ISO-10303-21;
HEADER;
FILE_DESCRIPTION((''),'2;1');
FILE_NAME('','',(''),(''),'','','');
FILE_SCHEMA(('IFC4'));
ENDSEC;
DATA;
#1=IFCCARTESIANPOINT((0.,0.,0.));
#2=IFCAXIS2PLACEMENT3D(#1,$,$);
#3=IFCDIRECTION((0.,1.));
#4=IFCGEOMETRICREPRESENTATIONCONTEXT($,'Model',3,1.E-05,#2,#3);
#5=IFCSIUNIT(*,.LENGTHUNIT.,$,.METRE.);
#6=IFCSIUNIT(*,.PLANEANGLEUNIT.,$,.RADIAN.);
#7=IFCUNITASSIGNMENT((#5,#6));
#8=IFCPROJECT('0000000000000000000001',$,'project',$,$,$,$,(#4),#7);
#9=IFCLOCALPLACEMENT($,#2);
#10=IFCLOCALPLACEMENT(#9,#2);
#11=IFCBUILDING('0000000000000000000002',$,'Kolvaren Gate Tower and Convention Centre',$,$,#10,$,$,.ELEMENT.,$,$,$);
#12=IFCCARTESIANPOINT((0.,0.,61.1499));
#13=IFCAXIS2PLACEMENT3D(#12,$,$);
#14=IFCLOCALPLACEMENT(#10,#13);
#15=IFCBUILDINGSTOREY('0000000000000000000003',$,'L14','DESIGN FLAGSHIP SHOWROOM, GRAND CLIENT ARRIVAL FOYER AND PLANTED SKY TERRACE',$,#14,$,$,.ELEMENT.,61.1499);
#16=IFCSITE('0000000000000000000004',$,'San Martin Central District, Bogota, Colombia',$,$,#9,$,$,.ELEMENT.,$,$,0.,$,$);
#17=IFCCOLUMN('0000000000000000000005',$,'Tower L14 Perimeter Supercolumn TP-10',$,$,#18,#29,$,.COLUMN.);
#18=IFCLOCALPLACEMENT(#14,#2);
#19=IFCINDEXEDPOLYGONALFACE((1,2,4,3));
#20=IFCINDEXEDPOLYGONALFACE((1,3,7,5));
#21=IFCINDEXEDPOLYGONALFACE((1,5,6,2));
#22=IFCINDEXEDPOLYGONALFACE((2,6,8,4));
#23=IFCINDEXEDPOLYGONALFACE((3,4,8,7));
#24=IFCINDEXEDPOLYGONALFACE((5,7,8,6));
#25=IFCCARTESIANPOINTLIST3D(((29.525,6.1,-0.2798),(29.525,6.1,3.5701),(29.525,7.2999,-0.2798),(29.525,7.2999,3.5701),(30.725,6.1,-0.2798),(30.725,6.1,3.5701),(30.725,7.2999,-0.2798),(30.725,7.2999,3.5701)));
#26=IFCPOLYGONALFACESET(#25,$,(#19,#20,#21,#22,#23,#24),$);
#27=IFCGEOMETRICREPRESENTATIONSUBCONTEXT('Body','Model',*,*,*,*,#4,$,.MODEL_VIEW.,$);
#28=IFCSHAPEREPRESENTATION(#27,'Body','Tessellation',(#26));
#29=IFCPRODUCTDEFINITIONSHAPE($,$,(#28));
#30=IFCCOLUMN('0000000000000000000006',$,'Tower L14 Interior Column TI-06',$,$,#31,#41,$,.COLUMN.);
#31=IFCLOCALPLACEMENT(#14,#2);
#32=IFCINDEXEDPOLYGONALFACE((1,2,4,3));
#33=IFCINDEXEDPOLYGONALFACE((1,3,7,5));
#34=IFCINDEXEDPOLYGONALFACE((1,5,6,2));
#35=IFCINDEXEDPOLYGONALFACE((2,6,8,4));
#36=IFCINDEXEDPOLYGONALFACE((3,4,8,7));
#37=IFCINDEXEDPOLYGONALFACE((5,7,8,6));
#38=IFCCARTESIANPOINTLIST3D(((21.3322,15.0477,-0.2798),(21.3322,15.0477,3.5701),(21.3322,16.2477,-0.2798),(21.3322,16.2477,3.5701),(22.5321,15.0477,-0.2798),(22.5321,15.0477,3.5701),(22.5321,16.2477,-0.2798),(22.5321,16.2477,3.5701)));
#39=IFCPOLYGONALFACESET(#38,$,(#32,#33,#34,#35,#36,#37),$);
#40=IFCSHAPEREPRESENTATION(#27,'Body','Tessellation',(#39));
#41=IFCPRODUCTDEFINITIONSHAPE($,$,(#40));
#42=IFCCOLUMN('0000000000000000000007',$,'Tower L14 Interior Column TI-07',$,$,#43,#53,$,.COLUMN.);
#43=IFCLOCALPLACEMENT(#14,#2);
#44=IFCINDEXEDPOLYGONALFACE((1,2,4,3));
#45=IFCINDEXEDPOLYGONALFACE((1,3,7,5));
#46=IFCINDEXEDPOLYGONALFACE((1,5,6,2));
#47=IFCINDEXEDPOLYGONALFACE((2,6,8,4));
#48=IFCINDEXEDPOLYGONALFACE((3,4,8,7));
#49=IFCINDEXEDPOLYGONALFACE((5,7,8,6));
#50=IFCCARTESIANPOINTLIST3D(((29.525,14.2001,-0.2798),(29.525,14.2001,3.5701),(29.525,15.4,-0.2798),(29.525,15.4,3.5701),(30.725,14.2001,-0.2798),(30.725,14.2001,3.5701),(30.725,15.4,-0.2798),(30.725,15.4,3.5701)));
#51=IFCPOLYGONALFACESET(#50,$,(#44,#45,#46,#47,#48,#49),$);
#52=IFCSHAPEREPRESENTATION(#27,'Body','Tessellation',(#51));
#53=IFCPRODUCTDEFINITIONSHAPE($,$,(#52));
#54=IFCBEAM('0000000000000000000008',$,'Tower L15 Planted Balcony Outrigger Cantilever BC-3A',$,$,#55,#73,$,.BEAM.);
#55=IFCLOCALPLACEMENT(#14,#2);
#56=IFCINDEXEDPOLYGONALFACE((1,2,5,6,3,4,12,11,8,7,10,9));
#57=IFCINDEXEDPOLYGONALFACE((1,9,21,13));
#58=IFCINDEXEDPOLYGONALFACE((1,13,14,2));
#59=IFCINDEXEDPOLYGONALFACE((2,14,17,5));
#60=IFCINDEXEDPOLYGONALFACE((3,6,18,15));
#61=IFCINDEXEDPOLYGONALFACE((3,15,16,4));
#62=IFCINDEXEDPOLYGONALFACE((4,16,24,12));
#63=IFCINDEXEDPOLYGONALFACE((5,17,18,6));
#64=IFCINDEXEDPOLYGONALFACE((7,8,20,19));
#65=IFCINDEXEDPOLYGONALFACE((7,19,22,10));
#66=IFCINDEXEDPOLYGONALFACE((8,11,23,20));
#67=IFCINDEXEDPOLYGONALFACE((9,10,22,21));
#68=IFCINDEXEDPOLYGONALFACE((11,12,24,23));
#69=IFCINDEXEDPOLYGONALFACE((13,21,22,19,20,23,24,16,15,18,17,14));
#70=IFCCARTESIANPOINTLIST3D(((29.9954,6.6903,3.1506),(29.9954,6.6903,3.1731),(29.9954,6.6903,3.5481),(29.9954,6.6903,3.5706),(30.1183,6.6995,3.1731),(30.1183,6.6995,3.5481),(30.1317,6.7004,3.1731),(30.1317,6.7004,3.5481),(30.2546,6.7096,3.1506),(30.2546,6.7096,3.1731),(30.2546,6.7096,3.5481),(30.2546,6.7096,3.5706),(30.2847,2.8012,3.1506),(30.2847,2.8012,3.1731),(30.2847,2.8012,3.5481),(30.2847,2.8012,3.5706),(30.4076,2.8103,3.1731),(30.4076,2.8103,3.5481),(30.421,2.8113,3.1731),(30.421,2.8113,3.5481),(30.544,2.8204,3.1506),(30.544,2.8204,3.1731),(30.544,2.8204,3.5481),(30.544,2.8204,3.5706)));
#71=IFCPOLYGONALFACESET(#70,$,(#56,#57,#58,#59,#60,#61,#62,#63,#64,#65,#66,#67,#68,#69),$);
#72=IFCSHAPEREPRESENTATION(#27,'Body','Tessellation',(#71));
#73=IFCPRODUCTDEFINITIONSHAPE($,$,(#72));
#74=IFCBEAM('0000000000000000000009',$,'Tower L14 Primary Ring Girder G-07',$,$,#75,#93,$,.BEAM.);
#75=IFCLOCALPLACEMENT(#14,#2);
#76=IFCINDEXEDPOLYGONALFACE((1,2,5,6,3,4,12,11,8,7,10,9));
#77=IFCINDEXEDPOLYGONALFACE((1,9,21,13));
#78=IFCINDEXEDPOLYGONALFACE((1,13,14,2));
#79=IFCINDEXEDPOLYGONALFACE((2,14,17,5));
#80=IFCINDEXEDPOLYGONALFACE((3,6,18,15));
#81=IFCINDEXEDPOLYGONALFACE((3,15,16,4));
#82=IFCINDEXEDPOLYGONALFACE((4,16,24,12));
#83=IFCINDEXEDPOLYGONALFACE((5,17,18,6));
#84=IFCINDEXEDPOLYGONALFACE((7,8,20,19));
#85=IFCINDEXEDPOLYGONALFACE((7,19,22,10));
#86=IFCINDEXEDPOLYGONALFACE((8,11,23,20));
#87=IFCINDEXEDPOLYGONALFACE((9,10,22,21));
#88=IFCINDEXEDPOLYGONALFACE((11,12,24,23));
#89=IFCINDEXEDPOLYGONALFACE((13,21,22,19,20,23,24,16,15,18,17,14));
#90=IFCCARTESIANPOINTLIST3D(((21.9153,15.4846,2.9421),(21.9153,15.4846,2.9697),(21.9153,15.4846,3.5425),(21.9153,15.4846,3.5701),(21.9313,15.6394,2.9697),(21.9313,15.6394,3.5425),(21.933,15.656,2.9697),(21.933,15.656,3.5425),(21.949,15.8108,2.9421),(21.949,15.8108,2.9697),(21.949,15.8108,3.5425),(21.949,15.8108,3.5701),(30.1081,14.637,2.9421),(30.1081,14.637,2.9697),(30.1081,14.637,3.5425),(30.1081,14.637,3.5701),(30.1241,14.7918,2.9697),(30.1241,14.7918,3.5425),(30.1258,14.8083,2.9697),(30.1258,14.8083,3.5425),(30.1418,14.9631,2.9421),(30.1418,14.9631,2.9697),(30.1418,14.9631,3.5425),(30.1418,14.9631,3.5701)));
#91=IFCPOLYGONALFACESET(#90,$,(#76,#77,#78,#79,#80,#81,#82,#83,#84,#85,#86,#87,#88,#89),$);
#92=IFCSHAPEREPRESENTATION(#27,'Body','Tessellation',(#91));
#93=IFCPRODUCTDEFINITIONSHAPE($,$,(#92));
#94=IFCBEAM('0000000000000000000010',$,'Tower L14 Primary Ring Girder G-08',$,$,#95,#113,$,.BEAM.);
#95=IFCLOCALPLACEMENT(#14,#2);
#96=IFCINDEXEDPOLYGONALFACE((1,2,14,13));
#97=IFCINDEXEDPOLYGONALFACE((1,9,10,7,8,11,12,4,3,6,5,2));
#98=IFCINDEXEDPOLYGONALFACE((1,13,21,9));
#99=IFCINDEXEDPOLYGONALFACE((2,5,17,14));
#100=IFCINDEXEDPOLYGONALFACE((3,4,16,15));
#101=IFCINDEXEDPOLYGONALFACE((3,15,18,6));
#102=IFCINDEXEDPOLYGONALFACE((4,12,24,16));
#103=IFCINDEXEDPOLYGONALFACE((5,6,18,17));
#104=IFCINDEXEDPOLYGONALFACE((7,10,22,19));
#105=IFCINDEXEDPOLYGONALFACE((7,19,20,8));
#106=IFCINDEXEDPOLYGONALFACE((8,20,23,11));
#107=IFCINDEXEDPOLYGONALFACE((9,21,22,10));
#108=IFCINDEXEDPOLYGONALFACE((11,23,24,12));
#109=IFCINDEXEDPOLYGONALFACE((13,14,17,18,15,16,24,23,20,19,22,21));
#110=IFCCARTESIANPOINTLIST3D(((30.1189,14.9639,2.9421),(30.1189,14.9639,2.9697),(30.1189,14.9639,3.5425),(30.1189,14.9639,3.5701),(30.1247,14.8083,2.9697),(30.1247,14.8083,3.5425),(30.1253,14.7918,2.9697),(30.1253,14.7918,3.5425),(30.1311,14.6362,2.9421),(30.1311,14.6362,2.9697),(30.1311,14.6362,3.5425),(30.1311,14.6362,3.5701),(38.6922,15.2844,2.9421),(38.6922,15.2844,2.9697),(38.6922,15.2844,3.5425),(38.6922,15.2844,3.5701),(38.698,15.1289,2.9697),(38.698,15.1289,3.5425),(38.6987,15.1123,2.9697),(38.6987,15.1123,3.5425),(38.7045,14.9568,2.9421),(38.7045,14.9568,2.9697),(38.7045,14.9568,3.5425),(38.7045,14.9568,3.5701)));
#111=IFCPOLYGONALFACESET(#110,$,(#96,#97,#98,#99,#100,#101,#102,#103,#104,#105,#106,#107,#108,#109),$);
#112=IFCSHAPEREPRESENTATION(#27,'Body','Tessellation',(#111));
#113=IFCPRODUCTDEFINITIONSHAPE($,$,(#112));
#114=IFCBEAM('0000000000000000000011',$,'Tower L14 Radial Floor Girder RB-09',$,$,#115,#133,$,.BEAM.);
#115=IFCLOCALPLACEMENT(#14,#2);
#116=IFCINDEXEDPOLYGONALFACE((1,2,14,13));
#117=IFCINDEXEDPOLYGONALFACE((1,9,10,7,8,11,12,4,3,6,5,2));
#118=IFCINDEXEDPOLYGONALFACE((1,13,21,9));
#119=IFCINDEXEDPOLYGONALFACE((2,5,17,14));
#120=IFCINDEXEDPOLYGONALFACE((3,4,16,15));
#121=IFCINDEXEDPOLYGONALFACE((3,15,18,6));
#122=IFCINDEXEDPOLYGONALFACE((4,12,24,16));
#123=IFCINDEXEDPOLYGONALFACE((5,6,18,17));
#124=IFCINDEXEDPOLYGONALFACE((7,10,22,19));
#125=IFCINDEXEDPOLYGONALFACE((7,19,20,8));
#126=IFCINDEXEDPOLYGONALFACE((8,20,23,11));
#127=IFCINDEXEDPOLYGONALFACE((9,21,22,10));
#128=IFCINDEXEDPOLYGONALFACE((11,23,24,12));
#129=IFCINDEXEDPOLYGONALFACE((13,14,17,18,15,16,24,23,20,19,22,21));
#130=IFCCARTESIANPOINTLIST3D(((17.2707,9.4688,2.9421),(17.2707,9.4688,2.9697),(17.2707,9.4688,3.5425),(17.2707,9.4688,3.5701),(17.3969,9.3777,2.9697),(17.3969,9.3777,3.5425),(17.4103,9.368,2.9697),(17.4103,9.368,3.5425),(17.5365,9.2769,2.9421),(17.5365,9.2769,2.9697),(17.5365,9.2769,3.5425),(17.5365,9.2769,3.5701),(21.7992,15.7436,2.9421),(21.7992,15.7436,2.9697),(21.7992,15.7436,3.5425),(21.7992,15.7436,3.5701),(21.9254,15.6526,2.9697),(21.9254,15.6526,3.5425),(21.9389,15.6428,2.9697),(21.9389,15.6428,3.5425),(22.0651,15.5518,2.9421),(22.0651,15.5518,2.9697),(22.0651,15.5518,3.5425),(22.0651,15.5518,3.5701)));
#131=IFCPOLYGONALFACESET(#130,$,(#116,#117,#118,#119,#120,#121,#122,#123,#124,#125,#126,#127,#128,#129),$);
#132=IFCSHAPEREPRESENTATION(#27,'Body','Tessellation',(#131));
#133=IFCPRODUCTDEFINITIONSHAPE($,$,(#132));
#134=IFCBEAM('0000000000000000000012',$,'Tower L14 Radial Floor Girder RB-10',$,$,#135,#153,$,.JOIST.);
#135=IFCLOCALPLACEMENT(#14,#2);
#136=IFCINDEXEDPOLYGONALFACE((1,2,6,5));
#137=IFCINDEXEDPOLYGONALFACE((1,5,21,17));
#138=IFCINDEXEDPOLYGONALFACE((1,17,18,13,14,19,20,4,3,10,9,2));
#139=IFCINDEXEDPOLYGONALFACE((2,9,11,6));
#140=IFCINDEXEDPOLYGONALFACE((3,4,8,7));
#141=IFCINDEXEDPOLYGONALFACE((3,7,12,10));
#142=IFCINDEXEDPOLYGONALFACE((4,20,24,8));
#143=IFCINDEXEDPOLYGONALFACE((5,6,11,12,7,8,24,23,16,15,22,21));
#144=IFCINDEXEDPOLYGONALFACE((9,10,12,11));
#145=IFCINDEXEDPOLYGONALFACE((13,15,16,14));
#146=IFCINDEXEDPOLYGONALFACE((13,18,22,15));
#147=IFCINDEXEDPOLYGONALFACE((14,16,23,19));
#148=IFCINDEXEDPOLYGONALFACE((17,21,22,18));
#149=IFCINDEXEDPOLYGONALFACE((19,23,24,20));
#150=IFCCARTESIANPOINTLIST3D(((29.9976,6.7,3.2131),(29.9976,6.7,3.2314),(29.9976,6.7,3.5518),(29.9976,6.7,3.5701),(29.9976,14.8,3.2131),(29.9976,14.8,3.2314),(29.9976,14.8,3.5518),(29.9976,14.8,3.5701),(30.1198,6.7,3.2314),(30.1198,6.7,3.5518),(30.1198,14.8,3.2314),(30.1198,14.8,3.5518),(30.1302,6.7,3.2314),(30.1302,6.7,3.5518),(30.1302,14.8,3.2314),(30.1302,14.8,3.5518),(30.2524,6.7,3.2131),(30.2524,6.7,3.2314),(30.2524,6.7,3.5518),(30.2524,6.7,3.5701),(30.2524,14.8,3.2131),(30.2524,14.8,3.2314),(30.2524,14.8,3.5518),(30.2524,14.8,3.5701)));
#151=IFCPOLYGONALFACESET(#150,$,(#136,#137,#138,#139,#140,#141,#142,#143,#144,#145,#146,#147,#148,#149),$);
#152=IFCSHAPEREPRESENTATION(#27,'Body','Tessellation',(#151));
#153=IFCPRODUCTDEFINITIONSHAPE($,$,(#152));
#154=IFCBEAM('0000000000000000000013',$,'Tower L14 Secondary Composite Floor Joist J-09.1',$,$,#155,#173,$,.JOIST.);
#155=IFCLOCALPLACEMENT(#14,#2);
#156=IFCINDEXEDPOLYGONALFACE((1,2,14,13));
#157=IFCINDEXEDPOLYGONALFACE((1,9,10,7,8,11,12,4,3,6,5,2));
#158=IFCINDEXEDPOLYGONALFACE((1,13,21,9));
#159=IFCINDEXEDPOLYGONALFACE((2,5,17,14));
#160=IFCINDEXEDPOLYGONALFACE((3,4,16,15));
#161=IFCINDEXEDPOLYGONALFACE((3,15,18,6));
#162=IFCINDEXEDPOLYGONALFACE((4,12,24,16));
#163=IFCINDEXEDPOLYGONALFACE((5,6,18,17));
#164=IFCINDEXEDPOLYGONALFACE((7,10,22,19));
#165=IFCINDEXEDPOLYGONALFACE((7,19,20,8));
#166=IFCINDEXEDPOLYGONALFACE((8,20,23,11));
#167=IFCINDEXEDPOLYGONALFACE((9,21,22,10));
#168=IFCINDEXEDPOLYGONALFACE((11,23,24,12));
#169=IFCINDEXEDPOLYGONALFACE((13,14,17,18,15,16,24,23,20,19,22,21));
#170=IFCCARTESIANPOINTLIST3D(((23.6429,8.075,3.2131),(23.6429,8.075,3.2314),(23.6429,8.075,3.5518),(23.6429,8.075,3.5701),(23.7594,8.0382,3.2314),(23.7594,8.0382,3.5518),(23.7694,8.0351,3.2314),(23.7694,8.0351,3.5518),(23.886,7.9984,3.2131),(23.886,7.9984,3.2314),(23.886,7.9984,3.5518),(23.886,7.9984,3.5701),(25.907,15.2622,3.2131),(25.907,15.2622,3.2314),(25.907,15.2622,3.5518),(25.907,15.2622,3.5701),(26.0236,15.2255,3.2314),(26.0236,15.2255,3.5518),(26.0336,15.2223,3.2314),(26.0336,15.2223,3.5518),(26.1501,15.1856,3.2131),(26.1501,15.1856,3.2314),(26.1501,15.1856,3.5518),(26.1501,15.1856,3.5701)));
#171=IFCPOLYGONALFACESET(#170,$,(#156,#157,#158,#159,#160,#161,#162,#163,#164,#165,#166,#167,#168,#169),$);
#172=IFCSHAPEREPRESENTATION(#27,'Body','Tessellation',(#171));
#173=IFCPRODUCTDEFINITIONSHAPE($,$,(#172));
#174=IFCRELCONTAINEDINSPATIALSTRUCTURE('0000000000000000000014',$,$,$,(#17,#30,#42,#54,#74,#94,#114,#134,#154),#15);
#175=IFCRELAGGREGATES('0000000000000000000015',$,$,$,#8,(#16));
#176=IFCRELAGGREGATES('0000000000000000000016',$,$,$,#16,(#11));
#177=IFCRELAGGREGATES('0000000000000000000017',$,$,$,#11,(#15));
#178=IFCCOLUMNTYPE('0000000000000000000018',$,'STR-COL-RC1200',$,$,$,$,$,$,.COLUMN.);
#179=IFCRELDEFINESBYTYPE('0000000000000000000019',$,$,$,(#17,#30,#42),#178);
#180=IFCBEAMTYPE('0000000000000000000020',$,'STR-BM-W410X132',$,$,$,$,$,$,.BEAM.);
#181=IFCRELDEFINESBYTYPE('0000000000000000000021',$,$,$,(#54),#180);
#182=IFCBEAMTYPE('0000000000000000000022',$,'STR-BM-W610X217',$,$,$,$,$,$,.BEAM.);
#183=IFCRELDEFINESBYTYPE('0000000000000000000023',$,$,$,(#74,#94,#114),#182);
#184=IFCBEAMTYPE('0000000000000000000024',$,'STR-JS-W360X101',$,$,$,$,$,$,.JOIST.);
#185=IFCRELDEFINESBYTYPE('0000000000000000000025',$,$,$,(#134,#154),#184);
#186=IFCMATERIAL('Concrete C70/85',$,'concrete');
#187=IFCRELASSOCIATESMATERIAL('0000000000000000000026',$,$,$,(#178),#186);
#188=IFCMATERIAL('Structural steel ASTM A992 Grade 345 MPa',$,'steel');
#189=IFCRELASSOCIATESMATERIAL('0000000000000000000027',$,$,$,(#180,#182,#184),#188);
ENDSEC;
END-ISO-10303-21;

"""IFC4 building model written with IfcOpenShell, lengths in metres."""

from ifc_helpers import new_model, si_unit, direction, frame, origin, origin_2d, place, context, subcontext, project, spatial, rectangle, i_section, extrude, material, material_profile, profile_set, type_object, element, save


model = new_model("IFC4")

# Units and contexts
model_context = context("Model", 3, precision=1e-05, world=origin(), true_north=direction((0.0, 1.0)))
body_context = subcontext(model_context, "Body", "Model", "MODEL_VIEW")
ifc_project = project(units=[si_unit("LENGTHUNIT", "METRE"), si_unit("PLANEANGLEUNIT", "RADIAN")], contexts=[model_context])

# Site, building, storey
site_placement = place(None, origin())
site = spatial("IfcSite", under=ifc_project, at=site_placement, Name="San Martin Central District, Bogota, Colombia", CompositionType="ELEMENT", RefElevation=0.0)
building_placement = place(site_placement, origin())
building = spatial("IfcBuilding", under=site, at=building_placement, Name="Kolvaren Gate Tower and Convention Centre", CompositionType="ELEMENT")
storey_placement = place(building_placement, frame((0.0, 0.0, 61.1499)))
storey = spatial("IfcBuildingStorey", under=building, at=storey_placement, Name="L14", Description="DESIGN FLAGSHIP SHOWROOM, GRAND CLIENT ARRIVAL FOYER AND PLANTED SKY TERRACE", CompositionType="ELEMENT", Elevation=61.1499)

# Columns
ifc_material_1 = material(Name="Concrete C70/85", Category="concrete")
ifc_material_profile_1 = material_profile(ifc_material_1, rectangle(XDim=1.2, YDim=1.2, at=origin_2d()), Name="RC-COL-1200X1200")
ifc_profile_set_1 = profile_set([ifc_material_profile_1], Name="Concrete C70/85")
column_type = type_object("IfcColumnType", Name="STR-COL-RC1200", PredefinedType="COLUMN", material=ifc_profile_set_1)
for number, where, z_axis, x_axis, name in (
    (1, (30.125, 6.7, -0.2798), (0.0, 0.0, 1.0), (1.0, 0.0, 0.0), "Tower L14 Perimeter Supercolumn TP-10"),
    (2, (21.9321, 15.6477, -0.2798), (0.0, 0.0, 1.0), (1.0, 0.0, 0.0), "Tower L14 Interior Column TI-06"),
    (3, (30.125, 14.8, -0.2798), (0.0, 0.0, 1.0), (1.0, 0.0, 0.0), "Tower L14 Interior Column TI-07"),
):
    element("IfcColumn", number, at=place(storey_placement, frame(where, z_axis=z_axis, x_axis=x_axis)), inside=storey, type_object=column_type, Name=name, PredefinedType="COLUMN", context=body_context, shape_type="SweptSolid", body=[
        extrude(rectangle(XDim=1.2, YDim=1.2, at=origin_2d()), origin(), (0.0, 0.0, 1.0), 3.8499),
    ])

# Beams
ifc_material_2 = material(Name="Structural steel ASTM A992 Grade 345 MPa", Category="steel")
ifc_material_profile_2 = material_profile(ifc_material_2, i_section(OverallWidth=0.26, OverallDepth=0.4199, WebThickness=0.0134, FlangeThickness=0.0225, at=origin_2d()), Name="W410X132")
ifc_profile_set_2 = profile_set([ifc_material_profile_2], Name="Structural steel ASTM A992 Grade 345 MPa")
beam_type_1 = type_object("IfcBeamType", Name="STR-BM-W410X132", PredefinedType="BEAM", material=ifc_profile_set_2)
beam_1_placement = place(storey_placement, frame((30.125, 6.7, 3.3606), z_axis=(0.074183, -0.997245, 0.0), x_axis=(0.997245, 0.074183, 0.0)))
element("IfcBeam", 4, at=beam_1_placement, inside=storey, type_object=beam_type_1, Name="Tower L15 Planted Balcony Outrigger Cantilever BC-3A", PredefinedType="BEAM", context=body_context, shape_type="SweptSolid", body=[
    extrude(i_section(OverallWidth=0.26, OverallDepth=0.4199, WebThickness=0.0134, FlangeThickness=0.0225, at=origin_2d()), origin(), (0.0, 0.0, 1.0), 3.8999),
])
ifc_material_profile_3 = material_profile(ifc_material_2, i_section(OverallWidth=0.3279, OverallDepth=0.6279, WebThickness=0.0166, FlangeThickness=0.0276, at=origin_2d()), Name="W610X217")
ifc_profile_set_3 = profile_set([ifc_material_profile_3], Name="Structural steel ASTM A992 Grade 345 MPa")
beam_type_2 = type_object("IfcBeamType", Name="STR-BM-W610X217", PredefinedType="BEAM", material=ifc_profile_set_3)
beam_2_placement = place(storey_placement, frame((21.9321, 15.6477, 3.2561), z_axis=(0.99469, -0.102913, 0.0), x_axis=(0.102913, 0.99469, 0.0)))
element("IfcBeam", 5, at=beam_2_placement, inside=storey, type_object=beam_type_2, Name="Tower L14 Primary Ring Girder G-07", PredefinedType="BEAM", context=body_context, shape_type="SweptSolid", body=[
    extrude(i_section(OverallWidth=0.3279, OverallDepth=0.6279, WebThickness=0.0166, FlangeThickness=0.0276, at=origin_2d()), origin(), (0.0, 0.0, 1.0), 8.2366),
])
beam_3_placement = place(storey_placement, frame((30.125, 14.8, 3.2561), z_axis=(0.999302, 0.037364, 0.0), x_axis=(-0.037364, 0.999302, 0.0)))
element("IfcBeam", 6, at=beam_3_placement, inside=storey, type_object=beam_type_2, Name="Tower L14 Primary Ring Girder G-08", PredefinedType="BEAM", context=body_context, shape_type="SweptSolid", body=[
    extrude(i_section(OverallWidth=0.3279, OverallDepth=0.6279, WebThickness=0.0166, FlangeThickness=0.0276, at=origin_2d()), origin(), (0.0, 0.0, 1.0), 8.5793),
])
beam_4_placement = place(storey_placement, frame((21.9321, 15.6477, 3.2561), z_axis=(-0.585209, -0.810882, 0.0), x_axis=(0.810882, -0.585209, 0.0)))
element("IfcBeam", 7, at=beam_4_placement, inside=storey, type_object=beam_type_2, Name="Tower L14 Radial Floor Girder RB-09", PredefinedType="BEAM", context=body_context, shape_type="SweptSolid", body=[
    extrude(i_section(OverallWidth=0.3279, OverallDepth=0.6279, WebThickness=0.0166, FlangeThickness=0.0276, at=origin_2d()), origin(), (0.0, 0.0, 1.0), 7.7383),
])
ifc_material_profile_4 = material_profile(ifc_material_2, i_section(OverallWidth=0.2549, OverallDepth=0.3569, WebThickness=0.0105, FlangeThickness=0.0183, at=origin_2d()), Name="W360X101")
ifc_profile_set_4 = profile_set([ifc_material_profile_4], Name="Structural steel ASTM A992 Grade 345 MPa")
beam_type_3 = type_object("IfcBeamType", Name="STR-JS-W360X101", PredefinedType="JOIST", material=ifc_profile_set_4)
beam_5_placement = place(storey_placement, frame((30.125, 14.8, 3.3916), z_axis=(0.0, -1.0, 0.0), x_axis=(1.0, 0.0, 0.0)))
element("IfcBeam", 8, at=beam_5_placement, inside=storey, type_object=beam_type_3, Name="Tower L14 Radial Floor Girder RB-10", PredefinedType="JOIST", context=body_context, shape_type="SweptSolid", body=[
    extrude(i_section(OverallWidth=0.2549, OverallDepth=0.3569, WebThickness=0.0105, FlangeThickness=0.0183, at=origin_2d()), origin(), (0.0, 0.0, 1.0), 8.1001),
])
beam_6_placement = place(storey_placement, frame((26.0286, 15.2239, 3.3916), z_axis=(-0.300468, -0.953792, 0.0), x_axis=(0.953792, -0.300468, 0.0)))
element("IfcBeam", 9, at=beam_6_placement, inside=storey, type_object=beam_type_3, Name="Tower L14 Secondary Composite Floor Joist J-09.1", PredefinedType="JOIST", context=body_context, shape_type="SweptSolid", body=[
    extrude(i_section(OverallWidth=0.2549, OverallDepth=0.3569, WebThickness=0.0105, FlangeThickness=0.0183, at=origin_2d()), origin(), (0.0, 0.0, 1.0), 7.5354),
])

save(model, "model.ifc")
